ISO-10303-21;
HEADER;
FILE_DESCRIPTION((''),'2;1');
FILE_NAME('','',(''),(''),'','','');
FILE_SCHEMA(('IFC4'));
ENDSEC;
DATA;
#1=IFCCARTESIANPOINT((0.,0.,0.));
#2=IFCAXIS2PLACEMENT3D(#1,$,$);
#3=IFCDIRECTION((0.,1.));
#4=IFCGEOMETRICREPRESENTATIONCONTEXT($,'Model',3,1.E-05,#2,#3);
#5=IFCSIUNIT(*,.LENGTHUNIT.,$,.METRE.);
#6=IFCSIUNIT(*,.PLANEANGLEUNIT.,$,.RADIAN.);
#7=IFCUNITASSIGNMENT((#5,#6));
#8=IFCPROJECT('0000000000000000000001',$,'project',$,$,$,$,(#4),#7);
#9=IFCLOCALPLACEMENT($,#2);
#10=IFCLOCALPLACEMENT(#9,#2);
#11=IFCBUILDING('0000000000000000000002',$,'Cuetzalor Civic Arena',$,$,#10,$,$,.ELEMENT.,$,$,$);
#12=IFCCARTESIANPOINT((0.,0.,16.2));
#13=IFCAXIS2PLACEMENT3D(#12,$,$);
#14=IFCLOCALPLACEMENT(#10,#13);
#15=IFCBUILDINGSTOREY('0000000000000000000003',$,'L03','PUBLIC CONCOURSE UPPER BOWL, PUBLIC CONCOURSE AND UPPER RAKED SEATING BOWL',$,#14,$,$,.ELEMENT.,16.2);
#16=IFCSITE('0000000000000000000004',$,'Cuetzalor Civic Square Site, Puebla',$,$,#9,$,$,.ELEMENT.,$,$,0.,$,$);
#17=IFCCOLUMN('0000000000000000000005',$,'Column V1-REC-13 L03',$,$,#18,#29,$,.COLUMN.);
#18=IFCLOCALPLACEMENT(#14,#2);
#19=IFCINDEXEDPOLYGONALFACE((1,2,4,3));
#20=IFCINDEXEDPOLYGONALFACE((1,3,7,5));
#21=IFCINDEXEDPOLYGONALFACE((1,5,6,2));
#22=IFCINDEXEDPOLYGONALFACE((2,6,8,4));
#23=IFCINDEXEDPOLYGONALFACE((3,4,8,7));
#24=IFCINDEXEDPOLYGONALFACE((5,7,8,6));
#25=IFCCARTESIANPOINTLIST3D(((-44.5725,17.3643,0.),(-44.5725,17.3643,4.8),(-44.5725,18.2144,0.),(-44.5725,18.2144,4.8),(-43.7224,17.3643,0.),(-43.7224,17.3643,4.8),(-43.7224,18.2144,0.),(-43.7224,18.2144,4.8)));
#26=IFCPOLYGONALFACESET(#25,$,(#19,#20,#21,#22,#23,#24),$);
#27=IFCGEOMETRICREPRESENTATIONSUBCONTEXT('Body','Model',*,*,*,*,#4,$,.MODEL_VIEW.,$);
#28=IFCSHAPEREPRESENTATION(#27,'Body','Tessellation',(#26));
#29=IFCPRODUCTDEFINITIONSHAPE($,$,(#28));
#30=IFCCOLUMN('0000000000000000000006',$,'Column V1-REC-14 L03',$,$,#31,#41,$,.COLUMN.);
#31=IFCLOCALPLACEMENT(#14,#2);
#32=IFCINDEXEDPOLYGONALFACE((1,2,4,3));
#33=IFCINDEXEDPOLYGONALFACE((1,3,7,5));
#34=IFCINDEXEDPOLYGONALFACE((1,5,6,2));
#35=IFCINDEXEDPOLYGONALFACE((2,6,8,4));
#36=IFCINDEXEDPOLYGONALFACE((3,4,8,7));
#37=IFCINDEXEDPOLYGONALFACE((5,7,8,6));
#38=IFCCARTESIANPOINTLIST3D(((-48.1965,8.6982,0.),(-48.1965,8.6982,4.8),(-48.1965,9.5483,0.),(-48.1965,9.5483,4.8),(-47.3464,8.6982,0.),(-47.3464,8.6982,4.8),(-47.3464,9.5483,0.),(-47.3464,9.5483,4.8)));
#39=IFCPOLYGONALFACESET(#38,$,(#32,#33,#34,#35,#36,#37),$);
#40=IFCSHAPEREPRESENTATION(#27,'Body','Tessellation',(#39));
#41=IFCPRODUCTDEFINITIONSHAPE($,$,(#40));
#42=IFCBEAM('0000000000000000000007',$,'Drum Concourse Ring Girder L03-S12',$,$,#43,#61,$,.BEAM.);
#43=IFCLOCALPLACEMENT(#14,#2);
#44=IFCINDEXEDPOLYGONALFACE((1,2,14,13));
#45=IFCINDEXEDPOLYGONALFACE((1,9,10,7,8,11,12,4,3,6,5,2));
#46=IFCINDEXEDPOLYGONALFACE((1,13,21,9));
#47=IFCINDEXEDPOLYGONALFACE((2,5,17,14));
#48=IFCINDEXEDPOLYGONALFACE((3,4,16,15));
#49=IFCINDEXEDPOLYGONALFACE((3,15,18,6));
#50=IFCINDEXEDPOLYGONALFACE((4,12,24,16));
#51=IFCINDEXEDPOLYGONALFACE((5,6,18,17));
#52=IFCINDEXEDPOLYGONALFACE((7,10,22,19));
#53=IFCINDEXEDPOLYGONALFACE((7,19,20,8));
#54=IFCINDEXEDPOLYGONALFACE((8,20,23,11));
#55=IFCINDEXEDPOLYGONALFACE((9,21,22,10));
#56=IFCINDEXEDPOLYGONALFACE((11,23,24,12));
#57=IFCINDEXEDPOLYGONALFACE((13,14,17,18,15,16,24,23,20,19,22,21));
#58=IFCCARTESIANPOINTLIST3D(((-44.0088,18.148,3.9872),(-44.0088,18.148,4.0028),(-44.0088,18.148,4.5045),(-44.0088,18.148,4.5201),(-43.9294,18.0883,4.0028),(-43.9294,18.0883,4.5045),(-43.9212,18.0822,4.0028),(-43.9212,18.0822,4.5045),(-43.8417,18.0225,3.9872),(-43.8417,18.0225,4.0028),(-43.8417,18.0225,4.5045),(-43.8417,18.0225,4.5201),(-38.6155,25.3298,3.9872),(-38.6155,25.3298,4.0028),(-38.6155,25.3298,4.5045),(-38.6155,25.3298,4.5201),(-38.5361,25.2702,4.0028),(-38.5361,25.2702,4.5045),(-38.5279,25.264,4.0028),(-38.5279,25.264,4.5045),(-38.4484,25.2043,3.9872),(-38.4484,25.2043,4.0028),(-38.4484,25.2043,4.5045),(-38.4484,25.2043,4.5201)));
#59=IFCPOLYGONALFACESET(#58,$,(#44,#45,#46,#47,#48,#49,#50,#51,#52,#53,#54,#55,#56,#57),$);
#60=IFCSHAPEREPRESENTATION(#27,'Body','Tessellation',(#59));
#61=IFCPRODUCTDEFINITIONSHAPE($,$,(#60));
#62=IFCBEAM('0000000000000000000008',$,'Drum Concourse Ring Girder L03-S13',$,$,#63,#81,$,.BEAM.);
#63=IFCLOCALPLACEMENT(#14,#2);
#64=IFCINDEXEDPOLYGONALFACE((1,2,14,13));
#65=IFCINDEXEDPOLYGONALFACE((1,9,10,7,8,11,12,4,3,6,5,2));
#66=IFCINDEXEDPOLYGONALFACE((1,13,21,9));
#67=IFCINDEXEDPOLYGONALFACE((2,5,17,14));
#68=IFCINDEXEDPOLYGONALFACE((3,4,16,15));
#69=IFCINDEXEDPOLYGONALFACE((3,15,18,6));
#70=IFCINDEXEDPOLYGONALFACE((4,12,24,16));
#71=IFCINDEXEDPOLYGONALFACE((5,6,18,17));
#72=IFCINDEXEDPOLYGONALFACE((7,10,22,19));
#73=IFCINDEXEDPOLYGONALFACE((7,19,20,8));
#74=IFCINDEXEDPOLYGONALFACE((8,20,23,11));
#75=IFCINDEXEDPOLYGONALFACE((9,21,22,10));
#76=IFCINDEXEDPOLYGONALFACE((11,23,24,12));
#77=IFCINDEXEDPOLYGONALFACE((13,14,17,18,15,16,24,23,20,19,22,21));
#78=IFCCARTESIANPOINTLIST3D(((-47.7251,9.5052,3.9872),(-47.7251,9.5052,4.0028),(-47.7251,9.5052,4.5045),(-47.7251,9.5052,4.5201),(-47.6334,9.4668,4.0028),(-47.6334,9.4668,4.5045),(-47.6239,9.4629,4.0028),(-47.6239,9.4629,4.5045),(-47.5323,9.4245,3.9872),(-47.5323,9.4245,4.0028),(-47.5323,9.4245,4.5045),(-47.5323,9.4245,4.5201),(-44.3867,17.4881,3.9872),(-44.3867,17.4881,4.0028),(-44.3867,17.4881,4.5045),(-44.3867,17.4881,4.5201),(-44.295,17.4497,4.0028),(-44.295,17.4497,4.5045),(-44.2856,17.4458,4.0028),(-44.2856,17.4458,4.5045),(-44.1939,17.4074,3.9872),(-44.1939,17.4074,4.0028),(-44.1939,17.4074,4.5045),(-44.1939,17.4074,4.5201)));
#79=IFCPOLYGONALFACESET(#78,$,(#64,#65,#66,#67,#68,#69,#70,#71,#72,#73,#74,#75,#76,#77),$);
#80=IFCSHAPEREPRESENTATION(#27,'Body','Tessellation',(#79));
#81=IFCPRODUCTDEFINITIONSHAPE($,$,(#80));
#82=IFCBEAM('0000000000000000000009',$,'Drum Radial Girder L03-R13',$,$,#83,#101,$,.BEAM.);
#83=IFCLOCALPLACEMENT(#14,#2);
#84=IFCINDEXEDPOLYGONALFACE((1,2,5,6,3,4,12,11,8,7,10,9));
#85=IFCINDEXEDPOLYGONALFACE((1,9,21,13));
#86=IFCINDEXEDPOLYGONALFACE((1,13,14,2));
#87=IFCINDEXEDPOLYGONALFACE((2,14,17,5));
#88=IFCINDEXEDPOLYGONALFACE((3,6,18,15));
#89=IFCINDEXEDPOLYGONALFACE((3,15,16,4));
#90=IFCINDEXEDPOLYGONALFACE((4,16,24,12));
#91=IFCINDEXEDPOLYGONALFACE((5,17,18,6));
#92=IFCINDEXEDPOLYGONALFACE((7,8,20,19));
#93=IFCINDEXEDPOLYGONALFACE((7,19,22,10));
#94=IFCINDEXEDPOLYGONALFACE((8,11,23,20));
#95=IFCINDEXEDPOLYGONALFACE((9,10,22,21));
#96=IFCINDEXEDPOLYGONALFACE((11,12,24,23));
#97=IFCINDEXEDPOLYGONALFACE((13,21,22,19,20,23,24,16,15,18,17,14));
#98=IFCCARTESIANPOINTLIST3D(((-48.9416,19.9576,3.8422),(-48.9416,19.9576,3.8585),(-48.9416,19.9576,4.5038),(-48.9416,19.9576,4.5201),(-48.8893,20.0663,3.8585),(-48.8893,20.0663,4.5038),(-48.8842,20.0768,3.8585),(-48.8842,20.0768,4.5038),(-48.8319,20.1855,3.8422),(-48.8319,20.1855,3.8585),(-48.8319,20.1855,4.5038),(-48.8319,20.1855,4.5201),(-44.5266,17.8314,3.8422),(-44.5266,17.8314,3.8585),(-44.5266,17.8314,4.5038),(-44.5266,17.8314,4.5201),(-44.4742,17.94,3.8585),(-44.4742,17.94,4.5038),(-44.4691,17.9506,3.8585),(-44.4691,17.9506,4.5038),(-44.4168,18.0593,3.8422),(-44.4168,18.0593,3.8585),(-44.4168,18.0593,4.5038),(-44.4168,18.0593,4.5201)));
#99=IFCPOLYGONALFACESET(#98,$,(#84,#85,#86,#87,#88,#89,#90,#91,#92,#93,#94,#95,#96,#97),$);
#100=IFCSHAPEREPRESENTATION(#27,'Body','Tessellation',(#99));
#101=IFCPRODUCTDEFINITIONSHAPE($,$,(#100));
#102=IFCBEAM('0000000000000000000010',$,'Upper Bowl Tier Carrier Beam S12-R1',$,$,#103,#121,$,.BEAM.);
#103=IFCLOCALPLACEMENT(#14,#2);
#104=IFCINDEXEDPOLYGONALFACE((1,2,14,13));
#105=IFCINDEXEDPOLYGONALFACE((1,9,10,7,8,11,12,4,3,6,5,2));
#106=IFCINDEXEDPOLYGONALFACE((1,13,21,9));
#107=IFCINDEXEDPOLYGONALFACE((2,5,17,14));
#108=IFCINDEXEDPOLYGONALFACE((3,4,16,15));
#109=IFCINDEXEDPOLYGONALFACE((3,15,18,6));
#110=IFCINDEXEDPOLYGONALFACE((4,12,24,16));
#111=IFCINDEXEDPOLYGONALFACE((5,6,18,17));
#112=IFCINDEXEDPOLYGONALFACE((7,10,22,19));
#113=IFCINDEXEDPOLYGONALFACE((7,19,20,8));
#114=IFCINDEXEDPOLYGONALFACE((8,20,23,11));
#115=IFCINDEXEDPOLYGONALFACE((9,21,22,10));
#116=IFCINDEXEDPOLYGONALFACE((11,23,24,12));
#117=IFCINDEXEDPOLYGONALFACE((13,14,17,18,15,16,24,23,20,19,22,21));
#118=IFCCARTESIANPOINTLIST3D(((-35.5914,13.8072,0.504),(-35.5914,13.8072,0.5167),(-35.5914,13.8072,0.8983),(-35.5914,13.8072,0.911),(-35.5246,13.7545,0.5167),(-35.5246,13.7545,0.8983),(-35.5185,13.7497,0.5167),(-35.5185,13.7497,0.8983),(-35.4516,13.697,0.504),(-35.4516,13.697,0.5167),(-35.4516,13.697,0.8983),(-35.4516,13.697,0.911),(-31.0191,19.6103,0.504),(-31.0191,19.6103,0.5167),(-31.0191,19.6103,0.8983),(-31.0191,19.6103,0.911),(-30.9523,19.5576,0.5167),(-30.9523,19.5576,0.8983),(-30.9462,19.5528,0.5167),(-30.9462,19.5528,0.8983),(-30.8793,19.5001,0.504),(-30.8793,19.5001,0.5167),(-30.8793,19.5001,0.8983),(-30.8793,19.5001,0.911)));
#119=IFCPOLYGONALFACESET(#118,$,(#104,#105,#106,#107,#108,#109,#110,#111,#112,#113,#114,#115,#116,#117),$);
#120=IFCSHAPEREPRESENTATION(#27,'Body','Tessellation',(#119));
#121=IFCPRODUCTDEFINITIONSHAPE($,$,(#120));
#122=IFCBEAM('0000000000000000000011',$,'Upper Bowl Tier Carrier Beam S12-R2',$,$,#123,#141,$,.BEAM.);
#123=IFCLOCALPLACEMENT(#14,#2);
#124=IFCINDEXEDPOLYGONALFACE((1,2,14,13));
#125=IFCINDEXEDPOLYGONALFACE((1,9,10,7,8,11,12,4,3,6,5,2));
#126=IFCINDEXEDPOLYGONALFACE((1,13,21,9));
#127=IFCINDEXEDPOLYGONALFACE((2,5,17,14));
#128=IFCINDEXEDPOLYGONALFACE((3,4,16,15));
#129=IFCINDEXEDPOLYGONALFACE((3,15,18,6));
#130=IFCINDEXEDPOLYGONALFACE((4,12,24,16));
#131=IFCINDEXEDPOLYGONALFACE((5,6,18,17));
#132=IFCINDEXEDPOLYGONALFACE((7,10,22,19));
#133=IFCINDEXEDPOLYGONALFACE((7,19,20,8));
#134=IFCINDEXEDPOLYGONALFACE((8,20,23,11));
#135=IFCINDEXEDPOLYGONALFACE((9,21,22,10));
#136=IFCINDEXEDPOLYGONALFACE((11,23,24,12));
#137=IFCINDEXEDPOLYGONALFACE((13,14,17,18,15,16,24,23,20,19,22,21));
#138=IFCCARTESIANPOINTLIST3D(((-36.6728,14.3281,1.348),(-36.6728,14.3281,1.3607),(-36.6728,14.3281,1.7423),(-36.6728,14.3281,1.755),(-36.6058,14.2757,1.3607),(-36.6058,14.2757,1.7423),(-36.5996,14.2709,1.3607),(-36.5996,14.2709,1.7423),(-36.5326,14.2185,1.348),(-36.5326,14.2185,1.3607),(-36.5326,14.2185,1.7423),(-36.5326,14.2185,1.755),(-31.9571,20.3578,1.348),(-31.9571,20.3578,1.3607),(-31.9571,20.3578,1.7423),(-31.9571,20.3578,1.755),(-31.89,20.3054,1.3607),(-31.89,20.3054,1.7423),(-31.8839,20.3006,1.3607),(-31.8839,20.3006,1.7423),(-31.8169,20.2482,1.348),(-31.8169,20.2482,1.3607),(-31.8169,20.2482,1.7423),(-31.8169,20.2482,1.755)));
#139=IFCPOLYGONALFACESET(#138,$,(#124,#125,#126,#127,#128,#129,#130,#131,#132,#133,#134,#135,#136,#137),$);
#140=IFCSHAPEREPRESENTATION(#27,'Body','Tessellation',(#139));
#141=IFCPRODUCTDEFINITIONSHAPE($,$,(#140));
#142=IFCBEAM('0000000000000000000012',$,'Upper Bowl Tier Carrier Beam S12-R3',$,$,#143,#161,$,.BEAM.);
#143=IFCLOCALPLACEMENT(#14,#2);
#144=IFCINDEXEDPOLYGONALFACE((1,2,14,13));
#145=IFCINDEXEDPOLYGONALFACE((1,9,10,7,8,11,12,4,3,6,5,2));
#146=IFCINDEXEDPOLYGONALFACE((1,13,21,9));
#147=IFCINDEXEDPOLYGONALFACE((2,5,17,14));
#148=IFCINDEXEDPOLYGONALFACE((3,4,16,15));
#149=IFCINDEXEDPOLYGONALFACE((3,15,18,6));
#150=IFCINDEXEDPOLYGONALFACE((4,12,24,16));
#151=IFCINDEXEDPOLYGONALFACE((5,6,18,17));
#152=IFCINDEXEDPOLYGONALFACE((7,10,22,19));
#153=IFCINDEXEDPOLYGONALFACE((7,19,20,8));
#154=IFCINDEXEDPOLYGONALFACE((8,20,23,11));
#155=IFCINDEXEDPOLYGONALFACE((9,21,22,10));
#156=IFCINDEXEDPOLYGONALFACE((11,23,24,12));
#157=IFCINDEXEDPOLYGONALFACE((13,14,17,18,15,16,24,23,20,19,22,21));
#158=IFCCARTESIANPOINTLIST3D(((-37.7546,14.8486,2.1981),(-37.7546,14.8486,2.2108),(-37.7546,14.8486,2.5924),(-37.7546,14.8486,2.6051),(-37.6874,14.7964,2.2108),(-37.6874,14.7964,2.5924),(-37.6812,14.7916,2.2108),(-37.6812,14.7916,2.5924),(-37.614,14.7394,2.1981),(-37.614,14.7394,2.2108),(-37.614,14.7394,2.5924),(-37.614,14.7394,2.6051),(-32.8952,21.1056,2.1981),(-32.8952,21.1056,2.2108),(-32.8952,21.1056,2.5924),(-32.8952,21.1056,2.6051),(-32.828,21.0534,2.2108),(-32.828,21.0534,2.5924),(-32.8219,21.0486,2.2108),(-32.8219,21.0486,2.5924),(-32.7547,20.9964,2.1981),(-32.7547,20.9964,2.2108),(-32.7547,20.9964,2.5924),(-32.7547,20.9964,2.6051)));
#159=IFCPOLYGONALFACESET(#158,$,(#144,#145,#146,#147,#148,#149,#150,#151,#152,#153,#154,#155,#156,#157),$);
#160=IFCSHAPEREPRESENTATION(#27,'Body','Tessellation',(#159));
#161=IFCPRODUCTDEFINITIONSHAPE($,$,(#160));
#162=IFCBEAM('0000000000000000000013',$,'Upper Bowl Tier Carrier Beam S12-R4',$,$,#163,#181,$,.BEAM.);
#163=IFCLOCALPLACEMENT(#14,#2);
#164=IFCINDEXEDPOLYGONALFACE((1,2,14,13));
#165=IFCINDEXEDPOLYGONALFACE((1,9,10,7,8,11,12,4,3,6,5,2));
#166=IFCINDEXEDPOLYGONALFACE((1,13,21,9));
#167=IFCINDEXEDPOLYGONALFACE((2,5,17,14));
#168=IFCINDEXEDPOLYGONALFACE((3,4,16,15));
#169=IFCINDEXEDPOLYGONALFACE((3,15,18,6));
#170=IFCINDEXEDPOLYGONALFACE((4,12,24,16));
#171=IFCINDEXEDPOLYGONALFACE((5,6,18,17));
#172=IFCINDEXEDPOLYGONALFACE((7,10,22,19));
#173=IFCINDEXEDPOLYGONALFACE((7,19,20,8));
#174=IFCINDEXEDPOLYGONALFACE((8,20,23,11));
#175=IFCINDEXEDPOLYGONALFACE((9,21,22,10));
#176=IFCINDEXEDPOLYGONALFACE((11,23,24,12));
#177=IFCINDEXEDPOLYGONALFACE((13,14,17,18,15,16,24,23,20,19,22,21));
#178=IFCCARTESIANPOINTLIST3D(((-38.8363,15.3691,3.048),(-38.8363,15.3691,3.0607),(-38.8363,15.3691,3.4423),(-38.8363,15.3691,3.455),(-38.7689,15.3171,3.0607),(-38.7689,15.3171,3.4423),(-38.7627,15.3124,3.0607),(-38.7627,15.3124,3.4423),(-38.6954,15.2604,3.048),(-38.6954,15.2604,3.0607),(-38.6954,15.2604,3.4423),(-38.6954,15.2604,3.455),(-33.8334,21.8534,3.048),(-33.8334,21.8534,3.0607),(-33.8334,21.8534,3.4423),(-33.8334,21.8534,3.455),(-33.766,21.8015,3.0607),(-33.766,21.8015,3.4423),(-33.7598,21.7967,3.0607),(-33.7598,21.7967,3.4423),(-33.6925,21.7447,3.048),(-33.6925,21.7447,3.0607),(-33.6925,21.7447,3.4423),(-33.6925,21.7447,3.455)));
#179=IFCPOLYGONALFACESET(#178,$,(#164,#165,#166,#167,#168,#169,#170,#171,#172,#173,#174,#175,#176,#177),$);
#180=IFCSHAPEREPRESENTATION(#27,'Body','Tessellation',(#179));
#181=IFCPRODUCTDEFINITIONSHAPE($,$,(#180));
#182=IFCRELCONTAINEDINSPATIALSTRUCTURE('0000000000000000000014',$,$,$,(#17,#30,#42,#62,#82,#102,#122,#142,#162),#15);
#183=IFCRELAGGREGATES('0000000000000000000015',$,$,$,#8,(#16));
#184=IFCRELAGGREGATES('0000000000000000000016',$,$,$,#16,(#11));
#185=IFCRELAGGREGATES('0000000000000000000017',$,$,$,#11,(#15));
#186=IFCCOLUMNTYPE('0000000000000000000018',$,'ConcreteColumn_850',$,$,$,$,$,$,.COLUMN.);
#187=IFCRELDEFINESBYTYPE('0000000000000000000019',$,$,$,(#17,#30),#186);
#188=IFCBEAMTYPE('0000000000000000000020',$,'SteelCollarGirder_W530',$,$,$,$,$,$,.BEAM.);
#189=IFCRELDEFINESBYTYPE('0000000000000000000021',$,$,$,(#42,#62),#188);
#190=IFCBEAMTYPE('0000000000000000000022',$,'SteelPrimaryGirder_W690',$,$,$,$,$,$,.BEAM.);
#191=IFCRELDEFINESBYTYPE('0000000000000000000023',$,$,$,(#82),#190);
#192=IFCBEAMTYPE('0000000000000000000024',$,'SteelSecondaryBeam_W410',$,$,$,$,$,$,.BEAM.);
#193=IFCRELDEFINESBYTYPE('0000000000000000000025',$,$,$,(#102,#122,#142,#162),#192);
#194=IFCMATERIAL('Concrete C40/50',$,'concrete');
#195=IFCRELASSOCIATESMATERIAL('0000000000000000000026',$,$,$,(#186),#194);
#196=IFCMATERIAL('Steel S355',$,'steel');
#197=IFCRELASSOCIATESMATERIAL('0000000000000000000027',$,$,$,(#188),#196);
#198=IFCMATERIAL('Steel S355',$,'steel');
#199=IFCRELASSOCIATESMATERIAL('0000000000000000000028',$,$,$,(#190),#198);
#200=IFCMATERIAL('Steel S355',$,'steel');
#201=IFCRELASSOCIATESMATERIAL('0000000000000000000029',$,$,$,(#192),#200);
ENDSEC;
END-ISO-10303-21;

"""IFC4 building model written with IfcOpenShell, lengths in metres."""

from ifc_helpers import new_model, si_unit, direction, frame, origin, origin_2d, place, context, subcontext, project, spatial, rectangle, i_section, extrude, material, material_profile, profile_set, type_object, element, save


model = new_model("IFC4")

# Units and contexts
model_context = context("Model", 3, precision=1e-05, world=origin(), true_north=direction((0.0, 1.0)))
body_context = subcontext(model_context, "Body", "Model", "MODEL_VIEW")
ifc_project = project(units=[si_unit("LENGTHUNIT", "METRE"), si_unit("PLANEANGLEUNIT", "RADIAN")], contexts=[model_context])

# Site, building, storey
site_placement = place(None, origin())
site = spatial("IfcSite", under=ifc_project, at=site_placement, Name="Cuetzalor Civic Square Site, Puebla", CompositionType="ELEMENT", RefElevation=0.0)
building_placement = place(site_placement, origin())
building = spatial("IfcBuilding", under=site, at=building_placement, Name="Cuetzalor Civic Arena", CompositionType="ELEMENT")
storey_placement = place(building_placement, frame((0.0, 0.0, 16.2)))
storey = spatial("IfcBuildingStorey", under=building, at=storey_placement, Name="L03", Description="PUBLIC CONCOURSE UPPER BOWL, PUBLIC CONCOURSE AND UPPER RAKED SEATING BOWL", CompositionType="ELEMENT", Elevation=16.2)

# Columns
ifc_material_1 = material(Name="Concrete C40/50", Category="concrete")
ifc_material_profile_1 = material_profile(ifc_material_1, rectangle(XDim=0.8501, YDim=0.8501, at=origin_2d()), Name="RC 850x850")
ifc_profile_set_1 = profile_set([ifc_material_profile_1], Name="Concrete C40/50")
column_type = type_object("IfcColumnType", Name="ConcreteColumn_850", PredefinedType="COLUMN", material=ifc_profile_set_1)
for number, where, z_axis, x_axis, name in (
    (1, (-44.1475, 17.7893, 0.0), (0.0, 0.0, 1.0), (1.0, 0.0, 0.0), "Column V1-REC-13 L03"),
    (2, (-47.7715, 9.1233, 0.0), (0.0, 0.0, 1.0), (1.0, 0.0, 0.0), "Column V1-REC-14 L03"),
):
    element("IfcColumn", number, at=place(storey_placement, frame(where, z_axis=z_axis, x_axis=x_axis)), inside=storey, type_object=column_type, Name=name, PredefinedType="COLUMN", context=body_context, shape_type="SweptSolid", body=[
        extrude(rectangle(XDim=0.8501, YDim=0.8501, at=origin_2d()), origin(), (0.0, 0.0, 1.0), 4.8),
    ])

# Beams
ifc_material_2 = material(Name="Steel S355", Category="steel")
ifc_material_profile_2 = material_profile(ifc_material_2, i_section(OverallWidth=0.209, OverallDepth=0.533, WebThickness=0.0103, FlangeThickness=0.0156, at=origin_2d()), Name="W530x92")
ifc_profile_set_2 = profile_set([ifc_material_profile_2], Name="Steel S355")
beam_type_1 = type_object("IfcBeamType", Name="SteelCollarGirder_W530", PredefinedType="BEAM", material=ifc_profile_set_2)
beam_1_placement = place(storey_placement, frame((-38.532, 25.2671, 4.2537), z_axis=(-0.600491, -0.799631, 0.0), x_axis=(0.799631, -0.600491, 0.0)))
element("IfcBeam", 3, at=beam_1_placement, inside=storey, type_object=beam_type_1, Name="Drum Concourse Ring Girder L03-S12", PredefinedType="BEAM", context=body_context, shape_type="SweptSolid", body=[
    extrude(i_section(OverallWidth=0.209, OverallDepth=0.533, WebThickness=0.0103, FlangeThickness=0.0156, at=origin_2d()), origin(), (0.0, 0.0, 1.0), 8.9814),
])
beam_2_placement = place(storey_placement, frame((-44.2903, 17.4478, 4.2537), z_axis=(-0.385813, -0.922577, 0.0), x_axis=(0.922577, -0.385813, 0.0)))
element("IfcBeam", 4, at=beam_2_placement, inside=storey, type_object=beam_type_1, Name="Drum Concourse Ring Girder L03-S13", PredefinedType="BEAM", context=body_context, shape_type="SweptSolid", body=[
    extrude(i_section(OverallWidth=0.209, OverallDepth=0.533, WebThickness=0.0103, FlangeThickness=0.0156, at=origin_2d()), origin(), (0.0, 0.0, 1.0), 8.6528),
])
ifc_material_3 = material(Name="Steel S355", Category="steel")
ifc_material_profile_3 = material_profile(ifc_material_3, i_section(OverallWidth=0.2529, OverallDepth=0.678, WebThickness=0.0117, FlangeThickness=0.0164, at=origin_2d()), Name="W690x125")
ifc_profile_set_3 = profile_set([ifc_material_profile_3], Name="Steel S355")
beam_type_2 = type_object("IfcBeamType", Name="SteelPrimaryGirder_W690", PredefinedType="BEAM", material=ifc_profile_set_3)
beam_3_placement = place(storey_placement, frame((-44.4717, 17.9453, 4.1812), z_axis=(-0.900965, 0.433892, 0.0), x_axis=(-0.433892, -0.900965, 0.0)))
element("IfcBeam", 5, at=beam_3_placement, inside=storey, type_object=beam_type_2, Name="Drum Radial Girder L03-R13", PredefinedType="BEAM", context=body_context, shape_type="SweptSolid", body=[
    extrude(i_section(OverallWidth=0.2529, OverallDepth=0.678, WebThickness=0.0117, FlangeThickness=0.0164, at=origin_2d()), origin(), (0.0, 0.0, 1.0), 4.9004),
])
ifc_material_4 = material(Name="Steel S355", Category="steel")
ifc_material_profile_4 = material_profile(ifc_material_4, i_section(OverallWidth=0.178, OverallDepth=0.407, WebThickness=0.0078, FlangeThickness=0.0127, at=origin_2d()), Name="W410x60")
ifc_profile_set_4 = profile_set([ifc_material_profile_4], Name="Steel S355")
beam_type_3 = type_object("IfcBeamType", Name="SteelSecondaryBeam_W410", PredefinedType="BEAM", material=ifc_profile_set_4)
beam_4_placement = place(storey_placement, frame((-30.9492, 19.5552, 0.7075), z_axis=(-0.618891, -0.785477, 0.0), x_axis=(0.785477, -0.618891, 0.0)))
element("IfcBeam", 6, at=beam_4_placement, inside=storey, type_object=beam_type_3, Name="Upper Bowl Tier Carrier Beam S12-R1", PredefinedType="BEAM", context=body_context, shape_type="SweptSolid", body=[
    extrude(i_section(OverallWidth=0.178, OverallDepth=0.407, WebThickness=0.0078, FlangeThickness=0.0127, at=origin_2d()), origin(), (0.0, 0.0, 1.0), 7.3879),
])
beam_5_placement = place(storey_placement, frame((-31.887, 20.303, 1.5515), z_axis=(-0.616054, -0.787704, 0.0), x_axis=(0.787704, -0.616054, 0.0)))
element("IfcBeam", 7, at=beam_5_placement, inside=storey, type_object=beam_type_3, Name="Upper Bowl Tier Carrier Beam S12-R2", PredefinedType="BEAM", context=body_context, shape_type="SweptSolid", body=[
    extrude(i_section(OverallWidth=0.178, OverallDepth=0.407, WebThickness=0.0078, FlangeThickness=0.0127, at=origin_2d()), origin(), (0.0, 0.0, 1.0), 7.6548),
])
beam_6_placement = place(storey_placement, frame((-32.825, 21.051, 2.4016), z_axis=(-0.613371, -0.789795, 0.0), x_axis=(0.789795, -0.613371, 0.0)))
element("IfcBeam", 8, at=beam_6_placement, inside=storey, type_object=beam_type_3, Name="Upper Bowl Tier Carrier Beam S12-R3", PredefinedType="BEAM", context=body_context, shape_type="SweptSolid", body=[
    extrude(i_section(OverallWidth=0.178, OverallDepth=0.407, WebThickness=0.0078, FlangeThickness=0.0127, at=origin_2d()), origin(), (0.0, 0.0, 1.0), 7.9224),
])
beam_7_placement = place(storey_placement, frame((-33.7629, 21.7991, 3.2515), z_axis=(-0.610857, -0.791741, 0.0), x_axis=(0.791741, -0.610857, 0.0)))
element("IfcBeam", 9, at=beam_7_placement, inside=storey, type_object=beam_type_3, Name="Upper Bowl Tier Carrier Beam S12-R4", PredefinedType="BEAM", context=body_context, shape_type="SweptSolid", body=[
    extrude(i_section(OverallWidth=0.178, OverallDepth=0.407, WebThickness=0.0078, FlangeThickness=0.0127, at=origin_2d()), origin(), (0.0, 0.0, 1.0), 8.1899),
])

save(model, "model.ifc")
